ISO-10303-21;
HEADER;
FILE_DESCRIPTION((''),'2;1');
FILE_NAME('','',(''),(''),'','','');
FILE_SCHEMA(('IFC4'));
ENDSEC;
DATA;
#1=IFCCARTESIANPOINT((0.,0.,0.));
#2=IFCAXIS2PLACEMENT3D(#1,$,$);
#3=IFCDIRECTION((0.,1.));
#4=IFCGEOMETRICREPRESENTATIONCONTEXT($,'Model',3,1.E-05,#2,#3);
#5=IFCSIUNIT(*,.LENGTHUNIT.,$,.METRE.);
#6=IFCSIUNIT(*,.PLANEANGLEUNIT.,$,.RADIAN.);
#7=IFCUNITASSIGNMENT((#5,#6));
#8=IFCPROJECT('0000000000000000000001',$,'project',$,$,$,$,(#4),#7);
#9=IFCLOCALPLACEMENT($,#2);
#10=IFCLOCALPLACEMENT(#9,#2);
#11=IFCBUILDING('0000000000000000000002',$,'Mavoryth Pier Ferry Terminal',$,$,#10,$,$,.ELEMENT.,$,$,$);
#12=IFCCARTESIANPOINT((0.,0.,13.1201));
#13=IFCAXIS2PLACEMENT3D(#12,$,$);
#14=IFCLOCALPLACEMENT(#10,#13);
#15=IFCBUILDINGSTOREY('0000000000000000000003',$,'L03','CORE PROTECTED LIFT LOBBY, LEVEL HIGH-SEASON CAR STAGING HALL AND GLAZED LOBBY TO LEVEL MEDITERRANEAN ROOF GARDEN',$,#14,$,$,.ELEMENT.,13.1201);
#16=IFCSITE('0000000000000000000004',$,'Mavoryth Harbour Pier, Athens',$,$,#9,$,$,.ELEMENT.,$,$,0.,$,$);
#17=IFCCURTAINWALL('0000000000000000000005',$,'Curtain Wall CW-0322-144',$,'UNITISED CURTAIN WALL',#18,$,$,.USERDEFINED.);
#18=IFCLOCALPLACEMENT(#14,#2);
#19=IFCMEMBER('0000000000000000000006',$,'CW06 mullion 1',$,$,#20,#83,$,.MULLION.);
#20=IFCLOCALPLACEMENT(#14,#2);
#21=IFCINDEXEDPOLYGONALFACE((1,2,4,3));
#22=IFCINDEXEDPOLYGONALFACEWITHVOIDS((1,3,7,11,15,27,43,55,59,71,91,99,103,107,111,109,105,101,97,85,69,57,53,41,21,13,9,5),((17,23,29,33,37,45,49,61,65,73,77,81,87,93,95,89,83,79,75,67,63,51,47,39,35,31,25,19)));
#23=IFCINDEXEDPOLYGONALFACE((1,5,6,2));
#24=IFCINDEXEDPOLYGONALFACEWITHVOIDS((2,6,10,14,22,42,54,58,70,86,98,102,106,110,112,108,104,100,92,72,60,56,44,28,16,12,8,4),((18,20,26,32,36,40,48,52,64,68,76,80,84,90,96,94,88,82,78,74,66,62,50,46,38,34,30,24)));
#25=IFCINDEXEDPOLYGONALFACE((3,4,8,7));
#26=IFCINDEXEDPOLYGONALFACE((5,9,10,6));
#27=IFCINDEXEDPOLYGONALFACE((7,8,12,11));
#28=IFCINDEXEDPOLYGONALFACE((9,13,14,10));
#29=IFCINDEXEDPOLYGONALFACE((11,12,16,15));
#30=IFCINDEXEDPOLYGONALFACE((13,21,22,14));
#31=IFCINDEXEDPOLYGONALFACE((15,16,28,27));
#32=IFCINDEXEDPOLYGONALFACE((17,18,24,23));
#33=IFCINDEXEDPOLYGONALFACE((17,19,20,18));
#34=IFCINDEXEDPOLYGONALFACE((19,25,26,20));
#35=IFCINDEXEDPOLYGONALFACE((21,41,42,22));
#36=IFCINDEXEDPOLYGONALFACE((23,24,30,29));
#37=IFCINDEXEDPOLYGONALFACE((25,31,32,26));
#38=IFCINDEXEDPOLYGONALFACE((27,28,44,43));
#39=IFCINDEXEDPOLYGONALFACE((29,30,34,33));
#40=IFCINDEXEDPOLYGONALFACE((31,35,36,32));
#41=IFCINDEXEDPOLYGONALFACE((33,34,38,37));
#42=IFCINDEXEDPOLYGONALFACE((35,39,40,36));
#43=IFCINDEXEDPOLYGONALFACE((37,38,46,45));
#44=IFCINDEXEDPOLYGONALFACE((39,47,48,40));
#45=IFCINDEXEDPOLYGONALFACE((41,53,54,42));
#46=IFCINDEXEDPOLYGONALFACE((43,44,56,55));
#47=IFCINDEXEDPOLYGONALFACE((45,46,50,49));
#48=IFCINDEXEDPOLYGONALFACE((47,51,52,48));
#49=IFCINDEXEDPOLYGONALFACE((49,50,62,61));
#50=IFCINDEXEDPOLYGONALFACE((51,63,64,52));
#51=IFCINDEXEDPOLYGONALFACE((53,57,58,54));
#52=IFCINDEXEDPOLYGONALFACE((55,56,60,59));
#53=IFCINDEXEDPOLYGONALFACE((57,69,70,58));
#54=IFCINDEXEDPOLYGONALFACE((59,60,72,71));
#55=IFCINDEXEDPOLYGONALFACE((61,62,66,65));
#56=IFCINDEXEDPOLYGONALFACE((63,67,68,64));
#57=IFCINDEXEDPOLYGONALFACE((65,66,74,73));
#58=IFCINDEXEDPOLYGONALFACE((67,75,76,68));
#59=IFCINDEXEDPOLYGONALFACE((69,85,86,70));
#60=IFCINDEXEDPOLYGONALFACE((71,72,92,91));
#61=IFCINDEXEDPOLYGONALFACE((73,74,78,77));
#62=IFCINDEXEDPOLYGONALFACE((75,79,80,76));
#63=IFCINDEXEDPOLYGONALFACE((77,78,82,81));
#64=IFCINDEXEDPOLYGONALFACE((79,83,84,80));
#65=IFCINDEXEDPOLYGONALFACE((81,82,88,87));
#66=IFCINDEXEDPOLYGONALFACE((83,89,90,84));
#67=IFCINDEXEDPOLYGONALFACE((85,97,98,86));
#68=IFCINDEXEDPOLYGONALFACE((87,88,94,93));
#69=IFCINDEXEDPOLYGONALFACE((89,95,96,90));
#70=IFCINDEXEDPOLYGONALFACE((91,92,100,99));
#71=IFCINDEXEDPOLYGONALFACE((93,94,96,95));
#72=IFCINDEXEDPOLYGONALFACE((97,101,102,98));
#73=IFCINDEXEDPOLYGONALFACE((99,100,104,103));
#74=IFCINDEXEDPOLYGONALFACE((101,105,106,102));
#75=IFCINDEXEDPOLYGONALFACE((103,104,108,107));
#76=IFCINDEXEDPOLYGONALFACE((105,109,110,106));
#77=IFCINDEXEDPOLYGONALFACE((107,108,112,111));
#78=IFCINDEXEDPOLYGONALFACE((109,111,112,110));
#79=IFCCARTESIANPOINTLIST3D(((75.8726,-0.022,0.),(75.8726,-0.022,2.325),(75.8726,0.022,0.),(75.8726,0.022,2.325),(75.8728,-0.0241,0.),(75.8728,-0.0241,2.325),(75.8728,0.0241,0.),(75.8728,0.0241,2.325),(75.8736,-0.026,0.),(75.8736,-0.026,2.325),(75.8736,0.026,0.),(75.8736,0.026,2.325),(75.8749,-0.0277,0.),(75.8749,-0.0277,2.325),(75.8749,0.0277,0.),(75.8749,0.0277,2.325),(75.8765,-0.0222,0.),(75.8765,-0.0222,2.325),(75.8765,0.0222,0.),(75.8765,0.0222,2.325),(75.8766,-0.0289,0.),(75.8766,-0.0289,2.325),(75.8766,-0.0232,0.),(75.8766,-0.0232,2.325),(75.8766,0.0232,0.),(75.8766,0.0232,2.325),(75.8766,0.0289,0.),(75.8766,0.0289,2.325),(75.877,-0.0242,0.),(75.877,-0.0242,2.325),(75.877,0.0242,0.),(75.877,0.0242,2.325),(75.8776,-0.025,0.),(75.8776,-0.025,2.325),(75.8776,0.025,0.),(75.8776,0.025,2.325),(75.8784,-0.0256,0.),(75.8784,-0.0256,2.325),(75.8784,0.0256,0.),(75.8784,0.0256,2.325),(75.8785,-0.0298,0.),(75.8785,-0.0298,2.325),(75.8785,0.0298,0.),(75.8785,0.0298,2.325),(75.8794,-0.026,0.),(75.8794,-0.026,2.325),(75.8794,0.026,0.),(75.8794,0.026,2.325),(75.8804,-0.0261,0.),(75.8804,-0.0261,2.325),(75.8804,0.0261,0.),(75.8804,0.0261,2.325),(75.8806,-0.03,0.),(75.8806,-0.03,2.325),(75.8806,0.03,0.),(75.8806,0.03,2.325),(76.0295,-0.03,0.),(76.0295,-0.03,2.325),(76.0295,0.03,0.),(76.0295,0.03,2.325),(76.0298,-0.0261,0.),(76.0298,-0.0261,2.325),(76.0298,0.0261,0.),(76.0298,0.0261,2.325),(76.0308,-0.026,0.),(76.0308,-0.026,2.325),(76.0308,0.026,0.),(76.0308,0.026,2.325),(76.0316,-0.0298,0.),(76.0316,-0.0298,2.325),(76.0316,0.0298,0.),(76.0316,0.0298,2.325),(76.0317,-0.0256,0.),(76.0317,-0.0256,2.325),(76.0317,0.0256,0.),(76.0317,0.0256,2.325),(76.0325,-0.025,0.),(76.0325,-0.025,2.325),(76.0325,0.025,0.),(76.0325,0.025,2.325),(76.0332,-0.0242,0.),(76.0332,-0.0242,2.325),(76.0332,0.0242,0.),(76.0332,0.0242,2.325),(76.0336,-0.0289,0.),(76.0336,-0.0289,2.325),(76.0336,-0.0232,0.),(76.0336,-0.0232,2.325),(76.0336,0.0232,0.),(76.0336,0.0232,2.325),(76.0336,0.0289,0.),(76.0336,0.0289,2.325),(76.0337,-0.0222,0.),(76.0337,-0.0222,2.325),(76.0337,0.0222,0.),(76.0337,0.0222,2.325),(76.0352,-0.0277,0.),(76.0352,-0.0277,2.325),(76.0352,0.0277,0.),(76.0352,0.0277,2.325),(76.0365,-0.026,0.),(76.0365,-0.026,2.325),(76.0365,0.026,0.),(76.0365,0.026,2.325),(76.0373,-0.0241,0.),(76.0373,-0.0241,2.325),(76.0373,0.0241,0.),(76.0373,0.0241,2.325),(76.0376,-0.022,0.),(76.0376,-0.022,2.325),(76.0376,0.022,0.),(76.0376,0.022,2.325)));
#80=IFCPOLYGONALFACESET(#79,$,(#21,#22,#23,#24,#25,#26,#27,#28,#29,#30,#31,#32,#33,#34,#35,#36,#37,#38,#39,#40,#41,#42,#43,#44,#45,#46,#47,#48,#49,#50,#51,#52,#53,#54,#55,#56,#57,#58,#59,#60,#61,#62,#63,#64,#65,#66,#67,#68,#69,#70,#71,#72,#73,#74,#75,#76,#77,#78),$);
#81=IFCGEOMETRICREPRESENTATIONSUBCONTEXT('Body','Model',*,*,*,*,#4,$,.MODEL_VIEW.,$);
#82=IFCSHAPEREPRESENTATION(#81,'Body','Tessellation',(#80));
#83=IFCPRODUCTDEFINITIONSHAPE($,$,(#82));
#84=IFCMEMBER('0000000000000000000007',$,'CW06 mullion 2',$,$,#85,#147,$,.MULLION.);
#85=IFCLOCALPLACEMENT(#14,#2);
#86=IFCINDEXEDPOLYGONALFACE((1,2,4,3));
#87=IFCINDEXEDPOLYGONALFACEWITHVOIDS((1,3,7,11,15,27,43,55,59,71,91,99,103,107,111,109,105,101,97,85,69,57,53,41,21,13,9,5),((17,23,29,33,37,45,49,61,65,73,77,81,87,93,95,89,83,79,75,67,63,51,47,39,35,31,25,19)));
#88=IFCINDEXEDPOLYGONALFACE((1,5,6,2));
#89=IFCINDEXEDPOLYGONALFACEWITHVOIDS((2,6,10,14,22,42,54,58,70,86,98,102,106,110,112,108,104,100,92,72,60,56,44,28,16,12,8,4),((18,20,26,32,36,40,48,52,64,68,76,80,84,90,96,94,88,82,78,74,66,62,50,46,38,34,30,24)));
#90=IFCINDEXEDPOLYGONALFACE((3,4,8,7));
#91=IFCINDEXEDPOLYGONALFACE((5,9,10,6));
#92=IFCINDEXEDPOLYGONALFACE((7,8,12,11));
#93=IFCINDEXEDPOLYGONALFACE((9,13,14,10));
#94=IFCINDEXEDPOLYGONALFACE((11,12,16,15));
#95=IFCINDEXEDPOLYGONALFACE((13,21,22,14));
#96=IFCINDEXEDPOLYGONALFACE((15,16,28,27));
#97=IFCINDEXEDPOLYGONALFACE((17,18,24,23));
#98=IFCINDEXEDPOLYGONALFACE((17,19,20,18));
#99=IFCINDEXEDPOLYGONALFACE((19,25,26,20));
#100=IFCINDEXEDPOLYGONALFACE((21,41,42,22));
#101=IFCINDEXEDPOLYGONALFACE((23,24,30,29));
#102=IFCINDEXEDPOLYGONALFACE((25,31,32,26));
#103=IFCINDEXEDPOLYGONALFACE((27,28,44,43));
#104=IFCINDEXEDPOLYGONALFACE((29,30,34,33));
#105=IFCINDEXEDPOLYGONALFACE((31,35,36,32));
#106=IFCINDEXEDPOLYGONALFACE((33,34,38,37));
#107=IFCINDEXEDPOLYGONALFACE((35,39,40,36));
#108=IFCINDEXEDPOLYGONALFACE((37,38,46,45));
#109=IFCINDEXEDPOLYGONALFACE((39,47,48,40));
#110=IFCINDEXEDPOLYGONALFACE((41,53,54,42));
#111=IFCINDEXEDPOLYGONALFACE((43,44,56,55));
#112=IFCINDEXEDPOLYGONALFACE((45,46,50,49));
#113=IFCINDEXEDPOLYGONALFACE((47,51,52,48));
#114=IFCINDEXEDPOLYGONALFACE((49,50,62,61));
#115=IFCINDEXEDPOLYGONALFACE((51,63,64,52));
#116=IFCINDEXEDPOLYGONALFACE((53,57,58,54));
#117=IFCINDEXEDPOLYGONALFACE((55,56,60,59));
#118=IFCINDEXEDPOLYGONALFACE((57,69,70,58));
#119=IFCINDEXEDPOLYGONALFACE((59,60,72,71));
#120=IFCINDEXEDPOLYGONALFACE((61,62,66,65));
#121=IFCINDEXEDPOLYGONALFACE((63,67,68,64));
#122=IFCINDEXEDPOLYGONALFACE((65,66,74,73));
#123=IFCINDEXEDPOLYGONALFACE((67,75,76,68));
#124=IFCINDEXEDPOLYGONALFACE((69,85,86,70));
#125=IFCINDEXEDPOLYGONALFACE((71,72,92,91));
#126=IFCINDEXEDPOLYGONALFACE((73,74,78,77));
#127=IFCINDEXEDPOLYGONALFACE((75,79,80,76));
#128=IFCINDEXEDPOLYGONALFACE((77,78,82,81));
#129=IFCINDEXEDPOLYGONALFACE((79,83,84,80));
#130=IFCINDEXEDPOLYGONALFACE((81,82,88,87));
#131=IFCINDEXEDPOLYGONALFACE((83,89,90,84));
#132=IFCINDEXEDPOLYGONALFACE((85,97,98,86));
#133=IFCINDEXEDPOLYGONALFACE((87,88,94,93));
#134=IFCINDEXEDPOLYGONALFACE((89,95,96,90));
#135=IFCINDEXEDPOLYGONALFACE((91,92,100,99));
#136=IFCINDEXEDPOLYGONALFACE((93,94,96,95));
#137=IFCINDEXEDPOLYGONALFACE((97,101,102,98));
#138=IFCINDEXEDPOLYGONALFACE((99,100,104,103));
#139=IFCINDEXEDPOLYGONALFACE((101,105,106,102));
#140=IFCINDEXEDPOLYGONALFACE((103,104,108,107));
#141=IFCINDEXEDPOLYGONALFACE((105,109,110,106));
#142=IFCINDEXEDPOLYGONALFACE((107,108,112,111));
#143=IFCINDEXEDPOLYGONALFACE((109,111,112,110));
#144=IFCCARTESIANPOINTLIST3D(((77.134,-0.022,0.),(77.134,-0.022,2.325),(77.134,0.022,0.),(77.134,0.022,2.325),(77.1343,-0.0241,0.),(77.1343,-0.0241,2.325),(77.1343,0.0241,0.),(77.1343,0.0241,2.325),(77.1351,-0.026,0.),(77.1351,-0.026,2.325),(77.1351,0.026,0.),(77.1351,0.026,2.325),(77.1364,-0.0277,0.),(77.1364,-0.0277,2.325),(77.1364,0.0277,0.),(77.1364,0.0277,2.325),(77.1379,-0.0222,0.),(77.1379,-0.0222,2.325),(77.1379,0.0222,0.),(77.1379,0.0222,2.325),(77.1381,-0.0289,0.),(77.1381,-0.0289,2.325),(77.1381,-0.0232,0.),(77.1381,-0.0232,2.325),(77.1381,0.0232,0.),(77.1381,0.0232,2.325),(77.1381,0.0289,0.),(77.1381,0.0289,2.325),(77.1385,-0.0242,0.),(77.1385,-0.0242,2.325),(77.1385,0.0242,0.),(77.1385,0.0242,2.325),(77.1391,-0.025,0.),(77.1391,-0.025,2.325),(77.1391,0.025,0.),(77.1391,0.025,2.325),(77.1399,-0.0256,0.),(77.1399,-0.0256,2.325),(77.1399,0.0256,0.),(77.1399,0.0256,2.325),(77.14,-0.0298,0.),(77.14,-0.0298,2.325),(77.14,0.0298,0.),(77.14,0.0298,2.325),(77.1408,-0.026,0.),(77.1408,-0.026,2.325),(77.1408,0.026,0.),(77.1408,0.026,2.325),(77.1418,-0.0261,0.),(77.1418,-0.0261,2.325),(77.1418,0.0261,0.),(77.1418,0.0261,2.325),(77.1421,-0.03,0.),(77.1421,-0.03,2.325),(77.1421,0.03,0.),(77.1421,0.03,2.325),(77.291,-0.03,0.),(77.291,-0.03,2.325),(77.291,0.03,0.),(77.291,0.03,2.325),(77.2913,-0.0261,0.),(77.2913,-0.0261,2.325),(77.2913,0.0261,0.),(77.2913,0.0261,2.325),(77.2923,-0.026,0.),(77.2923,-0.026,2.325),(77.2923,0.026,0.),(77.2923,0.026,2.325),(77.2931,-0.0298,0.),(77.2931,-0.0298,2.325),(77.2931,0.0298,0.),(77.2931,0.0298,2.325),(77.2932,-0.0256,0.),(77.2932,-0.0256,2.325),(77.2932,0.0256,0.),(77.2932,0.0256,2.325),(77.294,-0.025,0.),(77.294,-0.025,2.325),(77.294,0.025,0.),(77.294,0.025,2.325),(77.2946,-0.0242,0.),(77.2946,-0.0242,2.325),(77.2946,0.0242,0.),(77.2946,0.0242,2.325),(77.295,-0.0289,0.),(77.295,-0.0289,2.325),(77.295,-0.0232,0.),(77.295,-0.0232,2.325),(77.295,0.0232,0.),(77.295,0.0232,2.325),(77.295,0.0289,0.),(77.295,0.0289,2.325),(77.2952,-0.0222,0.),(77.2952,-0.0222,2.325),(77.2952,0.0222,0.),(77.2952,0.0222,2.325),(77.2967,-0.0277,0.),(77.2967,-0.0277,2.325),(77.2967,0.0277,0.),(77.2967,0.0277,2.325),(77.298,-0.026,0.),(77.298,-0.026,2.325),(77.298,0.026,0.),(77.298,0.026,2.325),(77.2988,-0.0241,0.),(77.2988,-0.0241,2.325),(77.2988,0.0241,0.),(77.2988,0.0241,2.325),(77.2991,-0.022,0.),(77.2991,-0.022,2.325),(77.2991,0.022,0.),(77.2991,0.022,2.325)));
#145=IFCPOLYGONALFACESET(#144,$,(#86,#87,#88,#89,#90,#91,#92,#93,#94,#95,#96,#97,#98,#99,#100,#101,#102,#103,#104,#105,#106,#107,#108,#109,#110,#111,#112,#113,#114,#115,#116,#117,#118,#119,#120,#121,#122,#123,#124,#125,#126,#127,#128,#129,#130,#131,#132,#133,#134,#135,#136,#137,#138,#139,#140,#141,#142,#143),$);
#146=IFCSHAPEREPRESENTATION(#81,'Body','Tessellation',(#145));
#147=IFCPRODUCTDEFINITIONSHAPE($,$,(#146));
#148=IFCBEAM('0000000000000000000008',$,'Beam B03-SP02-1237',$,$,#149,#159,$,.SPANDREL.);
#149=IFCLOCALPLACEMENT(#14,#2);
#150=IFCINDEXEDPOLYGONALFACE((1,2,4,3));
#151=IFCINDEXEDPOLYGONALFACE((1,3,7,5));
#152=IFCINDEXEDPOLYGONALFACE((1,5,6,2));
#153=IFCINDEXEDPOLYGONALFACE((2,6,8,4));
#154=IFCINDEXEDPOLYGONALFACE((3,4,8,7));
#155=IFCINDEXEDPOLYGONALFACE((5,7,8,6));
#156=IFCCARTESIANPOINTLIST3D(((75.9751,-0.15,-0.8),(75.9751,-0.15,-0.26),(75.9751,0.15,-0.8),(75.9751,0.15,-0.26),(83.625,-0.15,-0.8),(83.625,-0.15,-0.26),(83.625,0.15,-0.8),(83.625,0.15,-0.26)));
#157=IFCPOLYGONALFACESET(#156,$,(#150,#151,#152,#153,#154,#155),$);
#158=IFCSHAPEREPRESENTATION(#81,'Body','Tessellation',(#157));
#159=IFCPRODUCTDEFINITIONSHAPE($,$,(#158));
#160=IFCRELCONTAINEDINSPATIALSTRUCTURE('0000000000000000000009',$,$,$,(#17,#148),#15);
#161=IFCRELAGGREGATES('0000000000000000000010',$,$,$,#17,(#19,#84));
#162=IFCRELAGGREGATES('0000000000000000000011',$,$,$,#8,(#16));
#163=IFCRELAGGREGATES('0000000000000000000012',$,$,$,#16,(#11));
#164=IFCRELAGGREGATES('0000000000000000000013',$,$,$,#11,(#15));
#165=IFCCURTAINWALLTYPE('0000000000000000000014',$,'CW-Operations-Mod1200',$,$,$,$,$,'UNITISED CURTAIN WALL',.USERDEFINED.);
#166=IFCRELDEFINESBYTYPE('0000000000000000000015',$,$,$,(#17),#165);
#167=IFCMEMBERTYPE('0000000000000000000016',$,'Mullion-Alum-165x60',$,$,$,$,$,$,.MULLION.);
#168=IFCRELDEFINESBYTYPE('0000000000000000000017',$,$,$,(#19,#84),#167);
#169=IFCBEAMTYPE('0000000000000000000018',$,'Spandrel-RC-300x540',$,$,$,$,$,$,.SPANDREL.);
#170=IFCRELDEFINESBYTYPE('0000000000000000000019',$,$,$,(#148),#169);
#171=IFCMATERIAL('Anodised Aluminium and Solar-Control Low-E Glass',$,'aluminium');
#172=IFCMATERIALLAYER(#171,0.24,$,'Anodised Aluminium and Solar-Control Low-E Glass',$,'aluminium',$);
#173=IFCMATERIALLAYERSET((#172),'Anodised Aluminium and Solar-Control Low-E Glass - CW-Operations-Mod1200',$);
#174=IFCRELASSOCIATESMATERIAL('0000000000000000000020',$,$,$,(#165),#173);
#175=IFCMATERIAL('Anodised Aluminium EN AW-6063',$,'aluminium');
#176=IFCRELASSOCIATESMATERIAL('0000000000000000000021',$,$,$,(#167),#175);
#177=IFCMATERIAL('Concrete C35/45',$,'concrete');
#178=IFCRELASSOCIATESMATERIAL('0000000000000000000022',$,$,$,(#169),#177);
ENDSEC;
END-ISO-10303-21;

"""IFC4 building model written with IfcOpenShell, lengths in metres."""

from ifc_helpers import new_model, si_unit, direction, frame, origin, origin_2d, place, context, subcontext, project, spatial, rectangle, hollow_rectangle, extrude, material, layer, layer_set, material_profile, profile_set, type_object, element, aggregate, save


model = new_model("IFC4")

# Units and contexts
model_context = context("Model", 3, precision=1e-05, world=origin(), true_north=direction((0.0, 1.0)))
body_context = subcontext(model_context, "Body", "Model", "MODEL_VIEW")
ifc_project = project(units=[si_unit("LENGTHUNIT", "METRE"), si_unit("PLANEANGLEUNIT", "RADIAN")], contexts=[model_context])

# Site, building, storey
site_placement = place(None, origin())
site = spatial("IfcSite", under=ifc_project, at=site_placement, Name="Mavoryth Harbour Pier, Athens", CompositionType="ELEMENT", RefElevation=0.0)
building_placement = place(site_placement, origin())
building = spatial("IfcBuilding", under=site, at=building_placement, Name="Mavoryth Pier Ferry Terminal", CompositionType="ELEMENT")
storey_placement = place(building_placement, frame((0.0, 0.0, 13.1201)))
storey = spatial("IfcBuildingStorey", under=building, at=storey_placement, Name="L03", Description="CORE PROTECTED LIFT LOBBY, LEVEL HIGH-SEASON CAR STAGING HALL AND GLAZED LOBBY TO LEVEL MEDITERRANEAN ROOF GARDEN", CompositionType="ELEMENT", Elevation=13.1201)

# Shared definitions
ifc_material_1 = material(Name="Concrete C35/45", Category="concrete")

# Curtain wall, members
ifc_material_2 = material(Name="Anodised Aluminium and Solar-Control Low-E Glass", Category="aluminium")
ifc_layer_1 = layer(ifc_material_2, 0.24, Name="Anodised Aluminium and Solar-Control Low-E Glass", Category="aluminium")
ifc_layer_set_1 = layer_set([ifc_layer_1], Name="Anodised Aluminium and Solar-Control Low-E Glass - CW-Operations-Mod1200")
curtain_wall_type = type_object("IfcCurtainWallType", Name="CW-Operations-Mod1200", ElementType="UNITISED CURTAIN WALL", PredefinedType="USERDEFINED", material=ifc_layer_set_1)
curtain_wall_placement = place(storey_placement, origin())
curtain_wall = element("IfcCurtainWall", 1, at=curtain_wall_placement, inside=storey, type_object=curtain_wall_type, Name="Curtain Wall CW-0322-144", ObjectType="UNITISED CURTAIN WALL", PredefinedType="USERDEFINED")
ifc_material_3 = material(Name="Anodised Aluminium EN AW-6063", Category="aluminium")
ifc_material_profile_1 = material_profile(ifc_material_3, hollow_rectangle(XDim=0.0601, YDim=0.165, WallThickness=0.0039, InnerFilletRadius=0.0039, OuterFilletRadius=0.0081, at=origin_2d()), Name="AL-MULL 165x60x4", Category="aluminium")
ifc_profile_set_1 = profile_set([ifc_material_profile_1], Name="Anodised Aluminium EN AW-6063 - AL-MULL 165x60x4")
member_type_1 = type_object("IfcMemberType", Name="Mullion-Alum-165x60", PredefinedType="MULLION", material=ifc_profile_set_1)
member_1_placement = place(storey_placement, frame((75.9551, 0.0, 0.0), z_axis=(0.0, 0.0, 1.0), x_axis=(0.0, 1.0, 0.0)))
member_1 = element("IfcMember", 2, at=member_1_placement, type_object=member_type_1, Name="CW06 mullion 1", PredefinedType="MULLION", context=body_context, shape_type="SweptSolid", body=[
    extrude(hollow_rectangle(XDim=0.0601, YDim=0.165, WallThickness=0.0039, InnerFilletRadius=0.0039, OuterFilletRadius=0.0081, at=origin_2d()), origin(), (0.0, 0.0, 1.0), 2.325),
])
member_2_placement = place(storey_placement, frame((77.2166, 0.0, 0.0), z_axis=(0.0, 0.0, 1.0), x_axis=(0.0, 1.0, 0.0)))
member_2 = element("IfcMember", 3, at=member_2_placement, type_object=member_type_1, Name="CW06 mullion 2", PredefinedType="MULLION", context=body_context, shape_type="SweptSolid", body=[
    extrude(hollow_rectangle(XDim=0.0601, YDim=0.165, WallThickness=0.0039, InnerFilletRadius=0.0039, OuterFilletRadius=0.0081, at=origin_2d()), origin(), (0.0, 0.0, 1.0), 2.325),
])

# Beam
ifc_material_profile_2 = material_profile(ifc_material_1, rectangle(XDim=0.3, YDim=0.54, at=origin_2d()), Name="RC 300x540", Category="concrete")
ifc_profile_set_2 = profile_set([ifc_material_profile_2], Name="Concrete C35/45 - RC 300x540")
beam_type_1 = type_object("IfcBeamType", Name="Spandrel-RC-300x540", PredefinedType="SPANDREL", material=ifc_profile_set_2)
beam_placement = place(storey_placement, frame((75.9751, 0.0, -0.53), z_axis=(1.0, 0.0, 0.0), x_axis=(0.0, 1.0, 0.0)))
element("IfcBeam", 4, at=beam_placement, inside=storey, type_object=beam_type_1, Name="Beam B03-SP02-1237", PredefinedType="SPANDREL", context=body_context, shape_type="SweptSolid", body=[
    extrude(rectangle(XDim=0.3, YDim=0.54, at=origin_2d()), origin(), (0.0, 0.0, 1.0), 7.6499),
])

aggregate(curtain_wall, [member_1, member_2])

save(model, "model.ifc")
